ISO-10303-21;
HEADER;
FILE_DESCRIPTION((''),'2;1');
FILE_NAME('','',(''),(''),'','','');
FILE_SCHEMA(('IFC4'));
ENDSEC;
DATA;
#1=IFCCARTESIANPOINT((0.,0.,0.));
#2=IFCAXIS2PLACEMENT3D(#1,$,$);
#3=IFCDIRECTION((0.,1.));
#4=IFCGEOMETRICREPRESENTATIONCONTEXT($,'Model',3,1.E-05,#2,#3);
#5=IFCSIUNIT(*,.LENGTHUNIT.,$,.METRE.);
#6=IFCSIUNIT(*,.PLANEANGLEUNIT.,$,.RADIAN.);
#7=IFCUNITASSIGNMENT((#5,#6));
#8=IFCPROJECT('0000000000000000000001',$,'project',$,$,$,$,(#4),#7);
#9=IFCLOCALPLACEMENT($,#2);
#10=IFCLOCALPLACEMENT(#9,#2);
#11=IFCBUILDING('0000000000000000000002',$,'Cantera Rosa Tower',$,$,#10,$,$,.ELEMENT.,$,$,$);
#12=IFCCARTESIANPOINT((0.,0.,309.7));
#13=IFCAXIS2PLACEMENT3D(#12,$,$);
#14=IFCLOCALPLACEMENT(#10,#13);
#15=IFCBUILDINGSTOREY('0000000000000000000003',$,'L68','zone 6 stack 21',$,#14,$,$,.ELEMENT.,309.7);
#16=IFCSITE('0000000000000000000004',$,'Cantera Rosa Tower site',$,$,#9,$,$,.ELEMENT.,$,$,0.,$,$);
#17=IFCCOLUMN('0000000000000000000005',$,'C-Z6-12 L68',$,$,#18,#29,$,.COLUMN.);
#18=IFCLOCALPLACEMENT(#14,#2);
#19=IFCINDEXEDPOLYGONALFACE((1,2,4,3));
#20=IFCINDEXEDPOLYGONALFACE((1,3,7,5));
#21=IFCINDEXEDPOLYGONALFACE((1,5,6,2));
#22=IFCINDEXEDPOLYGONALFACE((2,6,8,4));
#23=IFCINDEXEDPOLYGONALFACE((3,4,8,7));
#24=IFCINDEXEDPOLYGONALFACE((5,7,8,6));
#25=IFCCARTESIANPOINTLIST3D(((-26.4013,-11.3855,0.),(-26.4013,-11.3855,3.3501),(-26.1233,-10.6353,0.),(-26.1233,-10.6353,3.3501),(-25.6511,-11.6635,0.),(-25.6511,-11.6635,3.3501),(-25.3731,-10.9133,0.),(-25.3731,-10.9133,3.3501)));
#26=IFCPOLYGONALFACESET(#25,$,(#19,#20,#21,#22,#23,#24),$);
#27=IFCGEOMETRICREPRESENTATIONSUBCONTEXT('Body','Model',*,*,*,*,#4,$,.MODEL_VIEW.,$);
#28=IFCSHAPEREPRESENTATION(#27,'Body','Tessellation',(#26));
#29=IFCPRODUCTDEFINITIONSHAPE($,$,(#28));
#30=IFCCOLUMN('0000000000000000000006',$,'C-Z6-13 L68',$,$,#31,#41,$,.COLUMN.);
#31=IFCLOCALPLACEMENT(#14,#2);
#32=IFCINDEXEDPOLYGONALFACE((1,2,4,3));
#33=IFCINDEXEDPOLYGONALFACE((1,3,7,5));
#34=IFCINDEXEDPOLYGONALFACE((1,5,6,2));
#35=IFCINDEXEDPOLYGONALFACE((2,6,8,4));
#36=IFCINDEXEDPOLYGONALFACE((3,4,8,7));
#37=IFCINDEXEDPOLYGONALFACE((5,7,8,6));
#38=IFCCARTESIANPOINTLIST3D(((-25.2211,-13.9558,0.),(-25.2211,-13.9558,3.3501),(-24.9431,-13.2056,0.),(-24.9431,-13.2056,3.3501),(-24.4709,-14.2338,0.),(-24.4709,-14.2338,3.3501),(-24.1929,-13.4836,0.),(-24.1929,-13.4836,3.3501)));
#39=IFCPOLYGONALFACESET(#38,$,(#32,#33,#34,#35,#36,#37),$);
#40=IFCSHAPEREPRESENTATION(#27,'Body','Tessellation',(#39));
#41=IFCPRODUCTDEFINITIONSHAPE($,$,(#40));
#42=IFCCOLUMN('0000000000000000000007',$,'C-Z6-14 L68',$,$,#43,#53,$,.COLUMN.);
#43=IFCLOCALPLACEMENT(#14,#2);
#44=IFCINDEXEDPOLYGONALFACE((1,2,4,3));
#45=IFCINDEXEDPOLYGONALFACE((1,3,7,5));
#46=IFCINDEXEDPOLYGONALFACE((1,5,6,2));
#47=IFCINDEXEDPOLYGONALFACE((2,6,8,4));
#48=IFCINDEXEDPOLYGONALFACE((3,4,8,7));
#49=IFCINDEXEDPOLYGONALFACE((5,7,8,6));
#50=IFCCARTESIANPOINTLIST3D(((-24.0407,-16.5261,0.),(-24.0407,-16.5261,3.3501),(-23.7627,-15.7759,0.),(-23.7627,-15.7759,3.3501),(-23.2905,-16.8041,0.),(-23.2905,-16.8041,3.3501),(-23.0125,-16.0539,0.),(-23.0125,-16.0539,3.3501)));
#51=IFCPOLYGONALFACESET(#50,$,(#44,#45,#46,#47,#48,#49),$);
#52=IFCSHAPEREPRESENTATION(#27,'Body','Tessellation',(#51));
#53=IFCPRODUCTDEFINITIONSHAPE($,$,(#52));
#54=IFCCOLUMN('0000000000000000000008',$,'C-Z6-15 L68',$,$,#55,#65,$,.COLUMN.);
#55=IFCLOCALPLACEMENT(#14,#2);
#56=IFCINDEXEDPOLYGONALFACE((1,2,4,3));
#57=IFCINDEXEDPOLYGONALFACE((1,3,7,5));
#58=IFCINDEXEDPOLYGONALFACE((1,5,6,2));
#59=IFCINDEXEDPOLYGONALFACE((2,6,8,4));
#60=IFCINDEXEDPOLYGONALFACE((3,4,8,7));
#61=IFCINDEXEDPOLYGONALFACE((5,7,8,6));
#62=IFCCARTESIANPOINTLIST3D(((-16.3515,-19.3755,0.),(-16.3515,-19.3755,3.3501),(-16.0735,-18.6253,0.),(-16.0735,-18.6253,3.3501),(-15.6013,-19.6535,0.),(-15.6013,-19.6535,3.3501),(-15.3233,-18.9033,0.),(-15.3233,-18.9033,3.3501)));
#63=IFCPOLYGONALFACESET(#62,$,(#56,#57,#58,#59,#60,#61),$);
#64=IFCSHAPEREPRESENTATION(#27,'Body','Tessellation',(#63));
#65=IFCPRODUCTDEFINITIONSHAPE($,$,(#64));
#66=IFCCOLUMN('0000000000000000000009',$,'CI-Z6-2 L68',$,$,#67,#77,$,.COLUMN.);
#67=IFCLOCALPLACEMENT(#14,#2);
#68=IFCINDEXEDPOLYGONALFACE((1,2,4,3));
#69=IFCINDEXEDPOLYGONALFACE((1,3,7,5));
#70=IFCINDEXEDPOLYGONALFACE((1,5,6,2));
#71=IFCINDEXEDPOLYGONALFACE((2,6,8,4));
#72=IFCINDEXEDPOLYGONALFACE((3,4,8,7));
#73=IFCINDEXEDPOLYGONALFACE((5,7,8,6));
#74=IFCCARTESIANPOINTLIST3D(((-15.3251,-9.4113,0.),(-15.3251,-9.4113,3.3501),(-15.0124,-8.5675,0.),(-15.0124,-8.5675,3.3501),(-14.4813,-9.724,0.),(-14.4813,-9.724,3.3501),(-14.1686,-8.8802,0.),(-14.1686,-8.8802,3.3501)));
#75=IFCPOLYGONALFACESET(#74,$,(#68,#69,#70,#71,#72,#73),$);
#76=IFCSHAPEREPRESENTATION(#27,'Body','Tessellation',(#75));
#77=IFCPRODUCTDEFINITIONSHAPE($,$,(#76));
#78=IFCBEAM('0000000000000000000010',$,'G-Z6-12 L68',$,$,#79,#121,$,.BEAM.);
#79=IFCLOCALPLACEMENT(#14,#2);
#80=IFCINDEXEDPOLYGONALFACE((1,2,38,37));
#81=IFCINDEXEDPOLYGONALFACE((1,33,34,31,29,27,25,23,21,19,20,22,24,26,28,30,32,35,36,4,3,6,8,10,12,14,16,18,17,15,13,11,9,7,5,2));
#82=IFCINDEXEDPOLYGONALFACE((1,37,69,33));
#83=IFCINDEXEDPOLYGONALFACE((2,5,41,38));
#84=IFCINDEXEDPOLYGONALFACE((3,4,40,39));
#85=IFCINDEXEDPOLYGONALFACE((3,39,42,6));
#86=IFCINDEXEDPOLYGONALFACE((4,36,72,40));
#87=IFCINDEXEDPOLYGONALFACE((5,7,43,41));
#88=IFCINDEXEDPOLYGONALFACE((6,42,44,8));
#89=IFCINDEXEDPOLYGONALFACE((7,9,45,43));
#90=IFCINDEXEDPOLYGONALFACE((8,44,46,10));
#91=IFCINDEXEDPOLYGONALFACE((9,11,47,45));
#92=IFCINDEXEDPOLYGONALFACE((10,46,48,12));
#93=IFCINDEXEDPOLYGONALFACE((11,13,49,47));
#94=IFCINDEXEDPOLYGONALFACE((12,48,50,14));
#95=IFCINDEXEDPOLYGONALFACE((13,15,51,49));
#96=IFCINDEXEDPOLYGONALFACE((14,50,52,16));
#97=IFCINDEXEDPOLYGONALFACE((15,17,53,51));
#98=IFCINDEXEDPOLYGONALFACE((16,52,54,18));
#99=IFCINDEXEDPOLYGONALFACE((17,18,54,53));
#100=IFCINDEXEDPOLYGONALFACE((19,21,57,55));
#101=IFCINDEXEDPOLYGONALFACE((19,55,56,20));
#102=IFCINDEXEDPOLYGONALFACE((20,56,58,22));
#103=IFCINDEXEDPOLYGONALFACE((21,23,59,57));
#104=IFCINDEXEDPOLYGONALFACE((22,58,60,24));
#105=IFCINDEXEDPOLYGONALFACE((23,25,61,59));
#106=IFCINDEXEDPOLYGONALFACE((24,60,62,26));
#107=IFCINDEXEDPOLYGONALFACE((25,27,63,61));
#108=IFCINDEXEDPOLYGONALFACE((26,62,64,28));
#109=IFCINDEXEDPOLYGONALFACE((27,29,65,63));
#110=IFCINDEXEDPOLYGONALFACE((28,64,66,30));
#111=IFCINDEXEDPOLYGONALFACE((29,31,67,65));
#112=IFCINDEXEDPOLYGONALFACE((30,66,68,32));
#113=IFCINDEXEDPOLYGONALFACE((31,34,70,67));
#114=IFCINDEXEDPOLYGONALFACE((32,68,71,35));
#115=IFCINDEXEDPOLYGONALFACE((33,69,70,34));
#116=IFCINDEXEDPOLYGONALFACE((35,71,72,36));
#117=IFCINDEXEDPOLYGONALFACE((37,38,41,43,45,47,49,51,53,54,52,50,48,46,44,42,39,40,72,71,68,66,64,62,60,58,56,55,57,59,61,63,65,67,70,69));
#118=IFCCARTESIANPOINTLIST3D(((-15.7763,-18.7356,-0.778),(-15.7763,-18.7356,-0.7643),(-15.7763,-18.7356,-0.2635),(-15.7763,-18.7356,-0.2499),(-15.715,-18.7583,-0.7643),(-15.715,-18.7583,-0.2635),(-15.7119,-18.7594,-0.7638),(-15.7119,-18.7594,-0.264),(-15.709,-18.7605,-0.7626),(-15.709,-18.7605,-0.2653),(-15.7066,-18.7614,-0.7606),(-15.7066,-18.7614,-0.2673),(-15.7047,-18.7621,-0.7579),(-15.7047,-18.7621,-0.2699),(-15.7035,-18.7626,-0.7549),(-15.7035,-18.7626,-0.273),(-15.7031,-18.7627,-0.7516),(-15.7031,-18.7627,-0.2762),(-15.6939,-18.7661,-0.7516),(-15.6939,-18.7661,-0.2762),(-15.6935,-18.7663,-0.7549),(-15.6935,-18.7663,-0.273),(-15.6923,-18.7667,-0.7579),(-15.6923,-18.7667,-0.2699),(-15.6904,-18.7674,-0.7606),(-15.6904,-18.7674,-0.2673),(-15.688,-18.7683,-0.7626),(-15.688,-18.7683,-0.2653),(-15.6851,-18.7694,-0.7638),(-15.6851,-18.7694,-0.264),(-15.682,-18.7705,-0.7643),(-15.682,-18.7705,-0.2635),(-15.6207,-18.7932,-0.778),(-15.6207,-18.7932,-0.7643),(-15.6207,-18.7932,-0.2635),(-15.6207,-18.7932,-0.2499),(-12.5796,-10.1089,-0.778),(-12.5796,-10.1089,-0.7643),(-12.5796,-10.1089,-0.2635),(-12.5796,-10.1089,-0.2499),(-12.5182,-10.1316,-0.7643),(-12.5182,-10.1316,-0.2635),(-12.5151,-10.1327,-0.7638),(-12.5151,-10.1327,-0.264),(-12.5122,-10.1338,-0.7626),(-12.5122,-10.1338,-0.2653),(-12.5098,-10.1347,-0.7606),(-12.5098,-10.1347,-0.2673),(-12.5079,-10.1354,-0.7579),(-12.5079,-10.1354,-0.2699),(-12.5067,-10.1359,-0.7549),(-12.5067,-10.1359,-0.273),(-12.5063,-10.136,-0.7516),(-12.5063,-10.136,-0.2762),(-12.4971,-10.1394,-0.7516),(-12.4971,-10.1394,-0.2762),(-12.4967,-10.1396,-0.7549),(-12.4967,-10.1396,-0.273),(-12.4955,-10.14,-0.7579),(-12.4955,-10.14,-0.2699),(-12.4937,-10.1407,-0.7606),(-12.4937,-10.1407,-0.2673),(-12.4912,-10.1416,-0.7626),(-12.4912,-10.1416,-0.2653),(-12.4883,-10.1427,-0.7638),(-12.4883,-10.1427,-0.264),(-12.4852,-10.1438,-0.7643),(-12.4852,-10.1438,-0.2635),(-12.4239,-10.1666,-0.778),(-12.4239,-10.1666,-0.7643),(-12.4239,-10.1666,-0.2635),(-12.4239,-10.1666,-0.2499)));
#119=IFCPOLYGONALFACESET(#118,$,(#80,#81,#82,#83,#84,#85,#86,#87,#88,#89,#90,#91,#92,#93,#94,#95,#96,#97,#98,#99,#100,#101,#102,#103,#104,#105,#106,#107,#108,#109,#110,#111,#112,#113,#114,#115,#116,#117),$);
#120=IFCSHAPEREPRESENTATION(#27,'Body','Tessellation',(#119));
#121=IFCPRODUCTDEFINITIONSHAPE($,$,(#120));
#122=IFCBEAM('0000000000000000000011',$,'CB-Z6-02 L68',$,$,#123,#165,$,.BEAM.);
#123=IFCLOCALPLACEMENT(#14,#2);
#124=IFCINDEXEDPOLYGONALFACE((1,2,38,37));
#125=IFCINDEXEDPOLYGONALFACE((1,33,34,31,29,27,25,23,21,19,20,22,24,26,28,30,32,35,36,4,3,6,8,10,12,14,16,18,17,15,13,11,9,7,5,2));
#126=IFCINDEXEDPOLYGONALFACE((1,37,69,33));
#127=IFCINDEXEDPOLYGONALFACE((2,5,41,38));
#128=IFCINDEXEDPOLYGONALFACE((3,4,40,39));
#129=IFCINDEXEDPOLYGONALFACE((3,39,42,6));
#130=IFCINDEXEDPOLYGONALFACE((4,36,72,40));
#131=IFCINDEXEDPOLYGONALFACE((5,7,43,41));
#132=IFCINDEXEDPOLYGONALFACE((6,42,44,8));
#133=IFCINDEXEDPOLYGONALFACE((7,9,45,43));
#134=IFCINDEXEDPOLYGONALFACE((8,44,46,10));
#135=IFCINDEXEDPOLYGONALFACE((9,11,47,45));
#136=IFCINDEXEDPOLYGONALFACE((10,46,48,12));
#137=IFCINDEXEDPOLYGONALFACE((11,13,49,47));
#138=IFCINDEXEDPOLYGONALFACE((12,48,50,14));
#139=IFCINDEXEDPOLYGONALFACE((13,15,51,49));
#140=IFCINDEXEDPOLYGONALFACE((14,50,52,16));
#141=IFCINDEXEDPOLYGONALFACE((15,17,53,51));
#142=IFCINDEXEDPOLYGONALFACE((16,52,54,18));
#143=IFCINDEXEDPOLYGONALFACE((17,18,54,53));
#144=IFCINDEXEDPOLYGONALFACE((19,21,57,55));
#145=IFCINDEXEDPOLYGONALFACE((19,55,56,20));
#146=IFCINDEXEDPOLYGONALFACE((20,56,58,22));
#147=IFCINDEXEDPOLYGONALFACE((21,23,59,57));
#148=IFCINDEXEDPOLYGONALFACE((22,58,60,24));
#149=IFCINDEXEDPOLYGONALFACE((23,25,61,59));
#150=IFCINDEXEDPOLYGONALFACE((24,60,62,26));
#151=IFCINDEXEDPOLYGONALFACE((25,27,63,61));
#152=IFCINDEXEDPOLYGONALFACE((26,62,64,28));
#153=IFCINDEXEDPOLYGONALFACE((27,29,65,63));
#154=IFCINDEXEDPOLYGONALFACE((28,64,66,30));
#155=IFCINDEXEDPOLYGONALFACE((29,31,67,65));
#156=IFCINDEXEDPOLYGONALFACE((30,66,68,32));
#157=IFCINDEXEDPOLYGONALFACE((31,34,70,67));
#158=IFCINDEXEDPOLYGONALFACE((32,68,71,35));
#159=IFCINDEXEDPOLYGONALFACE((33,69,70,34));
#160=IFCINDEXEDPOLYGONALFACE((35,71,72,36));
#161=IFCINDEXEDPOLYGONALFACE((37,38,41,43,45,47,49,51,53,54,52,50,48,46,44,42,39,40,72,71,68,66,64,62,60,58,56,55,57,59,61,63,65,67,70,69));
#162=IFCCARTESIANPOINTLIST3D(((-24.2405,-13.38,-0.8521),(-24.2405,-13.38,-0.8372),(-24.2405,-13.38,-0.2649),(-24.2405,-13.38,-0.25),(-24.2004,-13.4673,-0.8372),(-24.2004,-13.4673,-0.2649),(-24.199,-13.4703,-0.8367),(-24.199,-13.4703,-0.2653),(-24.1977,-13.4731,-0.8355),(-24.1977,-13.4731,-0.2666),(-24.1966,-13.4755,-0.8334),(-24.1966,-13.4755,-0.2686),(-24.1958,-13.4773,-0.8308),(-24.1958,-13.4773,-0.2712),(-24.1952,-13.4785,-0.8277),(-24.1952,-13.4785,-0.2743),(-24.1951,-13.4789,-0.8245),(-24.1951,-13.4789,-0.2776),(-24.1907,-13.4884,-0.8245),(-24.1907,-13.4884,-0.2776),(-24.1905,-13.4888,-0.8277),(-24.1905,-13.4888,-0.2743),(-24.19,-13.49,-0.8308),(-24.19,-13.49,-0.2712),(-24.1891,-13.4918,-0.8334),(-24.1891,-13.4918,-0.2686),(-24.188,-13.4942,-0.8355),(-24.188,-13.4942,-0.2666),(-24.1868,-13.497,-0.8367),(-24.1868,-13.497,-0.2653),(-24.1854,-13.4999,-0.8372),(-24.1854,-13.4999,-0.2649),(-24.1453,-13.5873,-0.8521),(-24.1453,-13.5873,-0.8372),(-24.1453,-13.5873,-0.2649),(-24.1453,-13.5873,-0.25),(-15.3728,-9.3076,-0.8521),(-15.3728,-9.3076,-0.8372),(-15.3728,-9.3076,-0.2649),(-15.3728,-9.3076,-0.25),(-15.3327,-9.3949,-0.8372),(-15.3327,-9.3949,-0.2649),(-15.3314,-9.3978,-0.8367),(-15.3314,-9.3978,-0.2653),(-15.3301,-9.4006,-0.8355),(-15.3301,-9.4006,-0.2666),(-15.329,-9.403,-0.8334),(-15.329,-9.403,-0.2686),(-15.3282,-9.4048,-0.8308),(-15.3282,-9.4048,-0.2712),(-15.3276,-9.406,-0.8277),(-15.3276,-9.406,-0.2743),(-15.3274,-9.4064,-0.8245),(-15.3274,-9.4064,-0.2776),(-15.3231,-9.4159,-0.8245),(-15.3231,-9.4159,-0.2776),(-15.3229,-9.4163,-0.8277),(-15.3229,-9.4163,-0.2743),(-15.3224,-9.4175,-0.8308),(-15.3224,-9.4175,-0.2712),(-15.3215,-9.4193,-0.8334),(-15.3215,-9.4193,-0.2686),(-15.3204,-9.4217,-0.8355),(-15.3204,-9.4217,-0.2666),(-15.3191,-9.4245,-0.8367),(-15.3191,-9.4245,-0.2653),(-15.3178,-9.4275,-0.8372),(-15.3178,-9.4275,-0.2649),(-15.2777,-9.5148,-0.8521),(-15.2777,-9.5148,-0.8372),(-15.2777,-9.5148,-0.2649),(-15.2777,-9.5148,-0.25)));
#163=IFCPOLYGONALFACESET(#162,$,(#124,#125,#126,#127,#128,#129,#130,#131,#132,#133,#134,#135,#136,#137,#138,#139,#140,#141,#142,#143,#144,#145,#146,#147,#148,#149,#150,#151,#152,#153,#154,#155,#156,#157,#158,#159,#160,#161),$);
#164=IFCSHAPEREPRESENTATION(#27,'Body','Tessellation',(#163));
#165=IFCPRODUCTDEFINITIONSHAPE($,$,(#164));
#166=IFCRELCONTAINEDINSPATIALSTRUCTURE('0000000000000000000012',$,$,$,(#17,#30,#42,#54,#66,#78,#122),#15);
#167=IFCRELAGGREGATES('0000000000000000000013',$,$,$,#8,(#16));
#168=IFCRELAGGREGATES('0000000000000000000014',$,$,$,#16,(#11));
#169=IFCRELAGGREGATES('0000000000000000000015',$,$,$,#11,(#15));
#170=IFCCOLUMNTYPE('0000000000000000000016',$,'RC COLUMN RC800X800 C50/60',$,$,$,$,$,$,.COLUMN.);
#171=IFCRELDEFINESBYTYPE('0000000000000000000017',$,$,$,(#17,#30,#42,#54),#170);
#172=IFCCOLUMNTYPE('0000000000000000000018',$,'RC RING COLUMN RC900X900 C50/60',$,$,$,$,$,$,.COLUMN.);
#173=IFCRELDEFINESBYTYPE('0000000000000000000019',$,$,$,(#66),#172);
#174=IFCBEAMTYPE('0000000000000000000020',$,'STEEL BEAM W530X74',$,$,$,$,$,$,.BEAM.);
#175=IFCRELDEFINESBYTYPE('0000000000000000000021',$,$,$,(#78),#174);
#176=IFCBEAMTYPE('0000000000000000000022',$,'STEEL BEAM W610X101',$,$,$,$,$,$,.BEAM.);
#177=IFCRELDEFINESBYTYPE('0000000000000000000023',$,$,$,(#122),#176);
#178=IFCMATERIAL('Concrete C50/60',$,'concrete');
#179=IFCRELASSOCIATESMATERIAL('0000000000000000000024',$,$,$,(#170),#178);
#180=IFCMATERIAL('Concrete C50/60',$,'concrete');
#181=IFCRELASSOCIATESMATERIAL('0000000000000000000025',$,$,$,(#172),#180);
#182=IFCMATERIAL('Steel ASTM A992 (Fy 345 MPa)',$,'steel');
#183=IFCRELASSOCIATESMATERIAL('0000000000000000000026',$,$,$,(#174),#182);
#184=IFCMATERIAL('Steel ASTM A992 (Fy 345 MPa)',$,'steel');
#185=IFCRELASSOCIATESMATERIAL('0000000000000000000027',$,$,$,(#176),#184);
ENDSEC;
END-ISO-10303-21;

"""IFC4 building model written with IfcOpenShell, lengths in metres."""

from ifc_helpers import new_model, si_unit, direction, frame, origin, origin_2d, place, context, subcontext, project, spatial, rectangle, i_section, extrude, material, material_profile, profile_set, type_object, element, save


model = new_model("IFC4")

# Units and contexts
model_context = context("Model", 3, precision=1e-05, world=origin(), true_north=direction((0.0, 1.0)))
body_context = subcontext(model_context, "Body", "Model", "MODEL_VIEW")
ifc_project = project(units=[si_unit("LENGTHUNIT", "METRE"), si_unit("PLANEANGLEUNIT", "RADIAN")], contexts=[model_context])

# Site, building, storey
site_placement = place(None, origin())
site = spatial("IfcSite", under=ifc_project, at=site_placement, Name="Cantera Rosa Tower site", CompositionType="ELEMENT", RefElevation=0.0)
building_placement = place(site_placement, origin())
building = spatial("IfcBuilding", under=site, at=building_placement, Name="Cantera Rosa Tower", CompositionType="ELEMENT")
storey_placement = place(building_placement, frame((0.0, 0.0, 309.7)))
storey = spatial("IfcBuildingStorey", under=building, at=storey_placement, Name="L68", Description="zone 6 stack 21", CompositionType="ELEMENT", Elevation=309.7)

# Columns
ifc_material_1 = material(Name="Concrete C50/60", Category="concrete")
ifc_material_profile_1 = material_profile(ifc_material_1, rectangle(XDim=0.8, YDim=0.8, at=origin_2d()), Name="RC COLUMN RC800X800 C50/60")
ifc_profile_set_1 = profile_set([ifc_material_profile_1], Name="Concrete C50/60")
column_type_1 = type_object("IfcColumnType", Name="RC COLUMN RC800X800 C50/60", PredefinedType="COLUMN", material=ifc_profile_set_1)
for number, where, z_axis, x_axis, name in (
    (1, (-25.8872, -11.1494, 0.0), (0.0, 0.0, 1.0), (0.347481, 0.937687, 0.0), "C-Z6-12 L68"),
    (2, (-24.707, -13.7197, 0.0), (0.0, 0.0, 1.0), (0.347481, 0.937687, 0.0), "C-Z6-13 L68"),
    (3, (-23.5266, -16.29, 0.0), (0.0, 0.0, 1.0), (0.347481, 0.937687, 0.0), "C-Z6-14 L68"),
    (4, (-15.8374, -19.1394, 0.0), (0.0, 0.0, 1.0), (0.347481, 0.937687, 0.0), "C-Z6-15 L68"),
):
    element("IfcColumn", number, at=place(storey_placement, frame(where, z_axis=z_axis, x_axis=x_axis)), inside=storey, type_object=column_type_1, Name=name, PredefinedType="COLUMN", context=body_context, shape_type="SweptSolid", body=[
        extrude(rectangle(XDim=0.8, YDim=0.8, at=origin_2d()), origin(), (0.0, 0.0, 1.0), 3.3501),
    ])
ifc_material_2 = material(Name="Concrete C50/60", Category="concrete")
ifc_material_profile_2 = material_profile(ifc_material_2, rectangle(XDim=0.8999, YDim=0.8999, at=origin_2d()), Name="RC RING COLUMN RC900X900 C50/60")
ifc_profile_set_2 = profile_set([ifc_material_profile_2], Name="Concrete C50/60")
column_type_2 = type_object("IfcColumnType", Name="RC RING COLUMN RC900X900 C50/60", PredefinedType="COLUMN", material=ifc_profile_set_2)
column_placement = place(storey_placement, frame((-14.7468, -9.1458, 0.0), z_axis=(0.0, 0.0, 1.0), x_axis=(0.347481, 0.937687, 0.0)))
element("IfcColumn", 5, at=column_placement, inside=storey, type_object=column_type_2, Name="CI-Z6-2 L68", PredefinedType="COLUMN", context=body_context, shape_type="SweptSolid", body=[
    extrude(rectangle(XDim=0.8999, YDim=0.8999, at=origin_2d()), origin(), (0.0, 0.0, 1.0), 3.3501),
])

# Beams
ifc_material_3 = material(Name="Steel ASTM A992 (Fy 345 MPa)", Category="steel")
ifc_material_profile_3 = material_profile(ifc_material_3, i_section(OverallWidth=0.166, OverallDepth=0.5281, WebThickness=0.0098, FlangeThickness=0.0137, FilletRadius=0.0127, at=origin_2d()), Name="W530X74")
ifc_profile_set_3 = profile_set([ifc_material_profile_3], Name="Steel ASTM A992 (Fy 345 MPa)")
beam_type_1 = type_object("IfcBeamType", Name="STEEL BEAM W530X74", PredefinedType="BEAM", material=ifc_profile_set_3)
beam_1_placement = place(storey_placement, frame((-15.6985, -18.7644, -0.5139), z_axis=(0.347477, 0.937689, 0.0), x_axis=(-0.937689, 0.347477, 0.0)))
element("IfcBeam", 6, at=beam_1_placement, inside=storey, type_object=beam_type_1, Name="G-Z6-12 L68", PredefinedType="BEAM", context=body_context, shape_type="SweptSolid", body=[
    extrude(i_section(OverallWidth=0.166, OverallDepth=0.5281, WebThickness=0.0098, FlangeThickness=0.0137, FilletRadius=0.0127, at=origin_2d()), origin(), (0.0, 0.0, 1.0), 9.2),
])
ifc_material_4 = material(Name="Steel ASTM A992 (Fy 345 MPa)", Category="steel")
ifc_material_profile_4 = material_profile(ifc_material_4, i_section(OverallWidth=0.228, OverallDepth=0.6021, WebThickness=0.0105, FlangeThickness=0.0149, FilletRadius=0.0127, at=origin_2d()), Name="W610X101")
ifc_profile_set_4 = profile_set([ifc_material_profile_4], Name="Steel ASTM A992 (Fy 345 MPa)")
beam_type_2 = type_object("IfcBeamType", Name="STEEL BEAM W610X101", PredefinedType="BEAM", material=ifc_profile_set_4)
beam_2_placement = place(storey_placement, frame((-24.1929, -13.4836, -0.551), z_axis=(0.908748, 0.417346, 0.0), x_axis=(-0.417346, 0.908748, 0.0)))
element("IfcBeam", 7, at=beam_2_placement, inside=storey, type_object=beam_type_2, Name="CB-Z6-02 L68", PredefinedType="BEAM", context=body_context, shape_type="SweptSolid", body=[
    extrude(i_section(OverallWidth=0.228, OverallDepth=0.6021, WebThickness=0.0105, FlangeThickness=0.0149, FilletRadius=0.0127, at=origin_2d()), origin(), (0.0, 0.0, 1.0), 9.7581),
])

save(model, "model.ifc")
